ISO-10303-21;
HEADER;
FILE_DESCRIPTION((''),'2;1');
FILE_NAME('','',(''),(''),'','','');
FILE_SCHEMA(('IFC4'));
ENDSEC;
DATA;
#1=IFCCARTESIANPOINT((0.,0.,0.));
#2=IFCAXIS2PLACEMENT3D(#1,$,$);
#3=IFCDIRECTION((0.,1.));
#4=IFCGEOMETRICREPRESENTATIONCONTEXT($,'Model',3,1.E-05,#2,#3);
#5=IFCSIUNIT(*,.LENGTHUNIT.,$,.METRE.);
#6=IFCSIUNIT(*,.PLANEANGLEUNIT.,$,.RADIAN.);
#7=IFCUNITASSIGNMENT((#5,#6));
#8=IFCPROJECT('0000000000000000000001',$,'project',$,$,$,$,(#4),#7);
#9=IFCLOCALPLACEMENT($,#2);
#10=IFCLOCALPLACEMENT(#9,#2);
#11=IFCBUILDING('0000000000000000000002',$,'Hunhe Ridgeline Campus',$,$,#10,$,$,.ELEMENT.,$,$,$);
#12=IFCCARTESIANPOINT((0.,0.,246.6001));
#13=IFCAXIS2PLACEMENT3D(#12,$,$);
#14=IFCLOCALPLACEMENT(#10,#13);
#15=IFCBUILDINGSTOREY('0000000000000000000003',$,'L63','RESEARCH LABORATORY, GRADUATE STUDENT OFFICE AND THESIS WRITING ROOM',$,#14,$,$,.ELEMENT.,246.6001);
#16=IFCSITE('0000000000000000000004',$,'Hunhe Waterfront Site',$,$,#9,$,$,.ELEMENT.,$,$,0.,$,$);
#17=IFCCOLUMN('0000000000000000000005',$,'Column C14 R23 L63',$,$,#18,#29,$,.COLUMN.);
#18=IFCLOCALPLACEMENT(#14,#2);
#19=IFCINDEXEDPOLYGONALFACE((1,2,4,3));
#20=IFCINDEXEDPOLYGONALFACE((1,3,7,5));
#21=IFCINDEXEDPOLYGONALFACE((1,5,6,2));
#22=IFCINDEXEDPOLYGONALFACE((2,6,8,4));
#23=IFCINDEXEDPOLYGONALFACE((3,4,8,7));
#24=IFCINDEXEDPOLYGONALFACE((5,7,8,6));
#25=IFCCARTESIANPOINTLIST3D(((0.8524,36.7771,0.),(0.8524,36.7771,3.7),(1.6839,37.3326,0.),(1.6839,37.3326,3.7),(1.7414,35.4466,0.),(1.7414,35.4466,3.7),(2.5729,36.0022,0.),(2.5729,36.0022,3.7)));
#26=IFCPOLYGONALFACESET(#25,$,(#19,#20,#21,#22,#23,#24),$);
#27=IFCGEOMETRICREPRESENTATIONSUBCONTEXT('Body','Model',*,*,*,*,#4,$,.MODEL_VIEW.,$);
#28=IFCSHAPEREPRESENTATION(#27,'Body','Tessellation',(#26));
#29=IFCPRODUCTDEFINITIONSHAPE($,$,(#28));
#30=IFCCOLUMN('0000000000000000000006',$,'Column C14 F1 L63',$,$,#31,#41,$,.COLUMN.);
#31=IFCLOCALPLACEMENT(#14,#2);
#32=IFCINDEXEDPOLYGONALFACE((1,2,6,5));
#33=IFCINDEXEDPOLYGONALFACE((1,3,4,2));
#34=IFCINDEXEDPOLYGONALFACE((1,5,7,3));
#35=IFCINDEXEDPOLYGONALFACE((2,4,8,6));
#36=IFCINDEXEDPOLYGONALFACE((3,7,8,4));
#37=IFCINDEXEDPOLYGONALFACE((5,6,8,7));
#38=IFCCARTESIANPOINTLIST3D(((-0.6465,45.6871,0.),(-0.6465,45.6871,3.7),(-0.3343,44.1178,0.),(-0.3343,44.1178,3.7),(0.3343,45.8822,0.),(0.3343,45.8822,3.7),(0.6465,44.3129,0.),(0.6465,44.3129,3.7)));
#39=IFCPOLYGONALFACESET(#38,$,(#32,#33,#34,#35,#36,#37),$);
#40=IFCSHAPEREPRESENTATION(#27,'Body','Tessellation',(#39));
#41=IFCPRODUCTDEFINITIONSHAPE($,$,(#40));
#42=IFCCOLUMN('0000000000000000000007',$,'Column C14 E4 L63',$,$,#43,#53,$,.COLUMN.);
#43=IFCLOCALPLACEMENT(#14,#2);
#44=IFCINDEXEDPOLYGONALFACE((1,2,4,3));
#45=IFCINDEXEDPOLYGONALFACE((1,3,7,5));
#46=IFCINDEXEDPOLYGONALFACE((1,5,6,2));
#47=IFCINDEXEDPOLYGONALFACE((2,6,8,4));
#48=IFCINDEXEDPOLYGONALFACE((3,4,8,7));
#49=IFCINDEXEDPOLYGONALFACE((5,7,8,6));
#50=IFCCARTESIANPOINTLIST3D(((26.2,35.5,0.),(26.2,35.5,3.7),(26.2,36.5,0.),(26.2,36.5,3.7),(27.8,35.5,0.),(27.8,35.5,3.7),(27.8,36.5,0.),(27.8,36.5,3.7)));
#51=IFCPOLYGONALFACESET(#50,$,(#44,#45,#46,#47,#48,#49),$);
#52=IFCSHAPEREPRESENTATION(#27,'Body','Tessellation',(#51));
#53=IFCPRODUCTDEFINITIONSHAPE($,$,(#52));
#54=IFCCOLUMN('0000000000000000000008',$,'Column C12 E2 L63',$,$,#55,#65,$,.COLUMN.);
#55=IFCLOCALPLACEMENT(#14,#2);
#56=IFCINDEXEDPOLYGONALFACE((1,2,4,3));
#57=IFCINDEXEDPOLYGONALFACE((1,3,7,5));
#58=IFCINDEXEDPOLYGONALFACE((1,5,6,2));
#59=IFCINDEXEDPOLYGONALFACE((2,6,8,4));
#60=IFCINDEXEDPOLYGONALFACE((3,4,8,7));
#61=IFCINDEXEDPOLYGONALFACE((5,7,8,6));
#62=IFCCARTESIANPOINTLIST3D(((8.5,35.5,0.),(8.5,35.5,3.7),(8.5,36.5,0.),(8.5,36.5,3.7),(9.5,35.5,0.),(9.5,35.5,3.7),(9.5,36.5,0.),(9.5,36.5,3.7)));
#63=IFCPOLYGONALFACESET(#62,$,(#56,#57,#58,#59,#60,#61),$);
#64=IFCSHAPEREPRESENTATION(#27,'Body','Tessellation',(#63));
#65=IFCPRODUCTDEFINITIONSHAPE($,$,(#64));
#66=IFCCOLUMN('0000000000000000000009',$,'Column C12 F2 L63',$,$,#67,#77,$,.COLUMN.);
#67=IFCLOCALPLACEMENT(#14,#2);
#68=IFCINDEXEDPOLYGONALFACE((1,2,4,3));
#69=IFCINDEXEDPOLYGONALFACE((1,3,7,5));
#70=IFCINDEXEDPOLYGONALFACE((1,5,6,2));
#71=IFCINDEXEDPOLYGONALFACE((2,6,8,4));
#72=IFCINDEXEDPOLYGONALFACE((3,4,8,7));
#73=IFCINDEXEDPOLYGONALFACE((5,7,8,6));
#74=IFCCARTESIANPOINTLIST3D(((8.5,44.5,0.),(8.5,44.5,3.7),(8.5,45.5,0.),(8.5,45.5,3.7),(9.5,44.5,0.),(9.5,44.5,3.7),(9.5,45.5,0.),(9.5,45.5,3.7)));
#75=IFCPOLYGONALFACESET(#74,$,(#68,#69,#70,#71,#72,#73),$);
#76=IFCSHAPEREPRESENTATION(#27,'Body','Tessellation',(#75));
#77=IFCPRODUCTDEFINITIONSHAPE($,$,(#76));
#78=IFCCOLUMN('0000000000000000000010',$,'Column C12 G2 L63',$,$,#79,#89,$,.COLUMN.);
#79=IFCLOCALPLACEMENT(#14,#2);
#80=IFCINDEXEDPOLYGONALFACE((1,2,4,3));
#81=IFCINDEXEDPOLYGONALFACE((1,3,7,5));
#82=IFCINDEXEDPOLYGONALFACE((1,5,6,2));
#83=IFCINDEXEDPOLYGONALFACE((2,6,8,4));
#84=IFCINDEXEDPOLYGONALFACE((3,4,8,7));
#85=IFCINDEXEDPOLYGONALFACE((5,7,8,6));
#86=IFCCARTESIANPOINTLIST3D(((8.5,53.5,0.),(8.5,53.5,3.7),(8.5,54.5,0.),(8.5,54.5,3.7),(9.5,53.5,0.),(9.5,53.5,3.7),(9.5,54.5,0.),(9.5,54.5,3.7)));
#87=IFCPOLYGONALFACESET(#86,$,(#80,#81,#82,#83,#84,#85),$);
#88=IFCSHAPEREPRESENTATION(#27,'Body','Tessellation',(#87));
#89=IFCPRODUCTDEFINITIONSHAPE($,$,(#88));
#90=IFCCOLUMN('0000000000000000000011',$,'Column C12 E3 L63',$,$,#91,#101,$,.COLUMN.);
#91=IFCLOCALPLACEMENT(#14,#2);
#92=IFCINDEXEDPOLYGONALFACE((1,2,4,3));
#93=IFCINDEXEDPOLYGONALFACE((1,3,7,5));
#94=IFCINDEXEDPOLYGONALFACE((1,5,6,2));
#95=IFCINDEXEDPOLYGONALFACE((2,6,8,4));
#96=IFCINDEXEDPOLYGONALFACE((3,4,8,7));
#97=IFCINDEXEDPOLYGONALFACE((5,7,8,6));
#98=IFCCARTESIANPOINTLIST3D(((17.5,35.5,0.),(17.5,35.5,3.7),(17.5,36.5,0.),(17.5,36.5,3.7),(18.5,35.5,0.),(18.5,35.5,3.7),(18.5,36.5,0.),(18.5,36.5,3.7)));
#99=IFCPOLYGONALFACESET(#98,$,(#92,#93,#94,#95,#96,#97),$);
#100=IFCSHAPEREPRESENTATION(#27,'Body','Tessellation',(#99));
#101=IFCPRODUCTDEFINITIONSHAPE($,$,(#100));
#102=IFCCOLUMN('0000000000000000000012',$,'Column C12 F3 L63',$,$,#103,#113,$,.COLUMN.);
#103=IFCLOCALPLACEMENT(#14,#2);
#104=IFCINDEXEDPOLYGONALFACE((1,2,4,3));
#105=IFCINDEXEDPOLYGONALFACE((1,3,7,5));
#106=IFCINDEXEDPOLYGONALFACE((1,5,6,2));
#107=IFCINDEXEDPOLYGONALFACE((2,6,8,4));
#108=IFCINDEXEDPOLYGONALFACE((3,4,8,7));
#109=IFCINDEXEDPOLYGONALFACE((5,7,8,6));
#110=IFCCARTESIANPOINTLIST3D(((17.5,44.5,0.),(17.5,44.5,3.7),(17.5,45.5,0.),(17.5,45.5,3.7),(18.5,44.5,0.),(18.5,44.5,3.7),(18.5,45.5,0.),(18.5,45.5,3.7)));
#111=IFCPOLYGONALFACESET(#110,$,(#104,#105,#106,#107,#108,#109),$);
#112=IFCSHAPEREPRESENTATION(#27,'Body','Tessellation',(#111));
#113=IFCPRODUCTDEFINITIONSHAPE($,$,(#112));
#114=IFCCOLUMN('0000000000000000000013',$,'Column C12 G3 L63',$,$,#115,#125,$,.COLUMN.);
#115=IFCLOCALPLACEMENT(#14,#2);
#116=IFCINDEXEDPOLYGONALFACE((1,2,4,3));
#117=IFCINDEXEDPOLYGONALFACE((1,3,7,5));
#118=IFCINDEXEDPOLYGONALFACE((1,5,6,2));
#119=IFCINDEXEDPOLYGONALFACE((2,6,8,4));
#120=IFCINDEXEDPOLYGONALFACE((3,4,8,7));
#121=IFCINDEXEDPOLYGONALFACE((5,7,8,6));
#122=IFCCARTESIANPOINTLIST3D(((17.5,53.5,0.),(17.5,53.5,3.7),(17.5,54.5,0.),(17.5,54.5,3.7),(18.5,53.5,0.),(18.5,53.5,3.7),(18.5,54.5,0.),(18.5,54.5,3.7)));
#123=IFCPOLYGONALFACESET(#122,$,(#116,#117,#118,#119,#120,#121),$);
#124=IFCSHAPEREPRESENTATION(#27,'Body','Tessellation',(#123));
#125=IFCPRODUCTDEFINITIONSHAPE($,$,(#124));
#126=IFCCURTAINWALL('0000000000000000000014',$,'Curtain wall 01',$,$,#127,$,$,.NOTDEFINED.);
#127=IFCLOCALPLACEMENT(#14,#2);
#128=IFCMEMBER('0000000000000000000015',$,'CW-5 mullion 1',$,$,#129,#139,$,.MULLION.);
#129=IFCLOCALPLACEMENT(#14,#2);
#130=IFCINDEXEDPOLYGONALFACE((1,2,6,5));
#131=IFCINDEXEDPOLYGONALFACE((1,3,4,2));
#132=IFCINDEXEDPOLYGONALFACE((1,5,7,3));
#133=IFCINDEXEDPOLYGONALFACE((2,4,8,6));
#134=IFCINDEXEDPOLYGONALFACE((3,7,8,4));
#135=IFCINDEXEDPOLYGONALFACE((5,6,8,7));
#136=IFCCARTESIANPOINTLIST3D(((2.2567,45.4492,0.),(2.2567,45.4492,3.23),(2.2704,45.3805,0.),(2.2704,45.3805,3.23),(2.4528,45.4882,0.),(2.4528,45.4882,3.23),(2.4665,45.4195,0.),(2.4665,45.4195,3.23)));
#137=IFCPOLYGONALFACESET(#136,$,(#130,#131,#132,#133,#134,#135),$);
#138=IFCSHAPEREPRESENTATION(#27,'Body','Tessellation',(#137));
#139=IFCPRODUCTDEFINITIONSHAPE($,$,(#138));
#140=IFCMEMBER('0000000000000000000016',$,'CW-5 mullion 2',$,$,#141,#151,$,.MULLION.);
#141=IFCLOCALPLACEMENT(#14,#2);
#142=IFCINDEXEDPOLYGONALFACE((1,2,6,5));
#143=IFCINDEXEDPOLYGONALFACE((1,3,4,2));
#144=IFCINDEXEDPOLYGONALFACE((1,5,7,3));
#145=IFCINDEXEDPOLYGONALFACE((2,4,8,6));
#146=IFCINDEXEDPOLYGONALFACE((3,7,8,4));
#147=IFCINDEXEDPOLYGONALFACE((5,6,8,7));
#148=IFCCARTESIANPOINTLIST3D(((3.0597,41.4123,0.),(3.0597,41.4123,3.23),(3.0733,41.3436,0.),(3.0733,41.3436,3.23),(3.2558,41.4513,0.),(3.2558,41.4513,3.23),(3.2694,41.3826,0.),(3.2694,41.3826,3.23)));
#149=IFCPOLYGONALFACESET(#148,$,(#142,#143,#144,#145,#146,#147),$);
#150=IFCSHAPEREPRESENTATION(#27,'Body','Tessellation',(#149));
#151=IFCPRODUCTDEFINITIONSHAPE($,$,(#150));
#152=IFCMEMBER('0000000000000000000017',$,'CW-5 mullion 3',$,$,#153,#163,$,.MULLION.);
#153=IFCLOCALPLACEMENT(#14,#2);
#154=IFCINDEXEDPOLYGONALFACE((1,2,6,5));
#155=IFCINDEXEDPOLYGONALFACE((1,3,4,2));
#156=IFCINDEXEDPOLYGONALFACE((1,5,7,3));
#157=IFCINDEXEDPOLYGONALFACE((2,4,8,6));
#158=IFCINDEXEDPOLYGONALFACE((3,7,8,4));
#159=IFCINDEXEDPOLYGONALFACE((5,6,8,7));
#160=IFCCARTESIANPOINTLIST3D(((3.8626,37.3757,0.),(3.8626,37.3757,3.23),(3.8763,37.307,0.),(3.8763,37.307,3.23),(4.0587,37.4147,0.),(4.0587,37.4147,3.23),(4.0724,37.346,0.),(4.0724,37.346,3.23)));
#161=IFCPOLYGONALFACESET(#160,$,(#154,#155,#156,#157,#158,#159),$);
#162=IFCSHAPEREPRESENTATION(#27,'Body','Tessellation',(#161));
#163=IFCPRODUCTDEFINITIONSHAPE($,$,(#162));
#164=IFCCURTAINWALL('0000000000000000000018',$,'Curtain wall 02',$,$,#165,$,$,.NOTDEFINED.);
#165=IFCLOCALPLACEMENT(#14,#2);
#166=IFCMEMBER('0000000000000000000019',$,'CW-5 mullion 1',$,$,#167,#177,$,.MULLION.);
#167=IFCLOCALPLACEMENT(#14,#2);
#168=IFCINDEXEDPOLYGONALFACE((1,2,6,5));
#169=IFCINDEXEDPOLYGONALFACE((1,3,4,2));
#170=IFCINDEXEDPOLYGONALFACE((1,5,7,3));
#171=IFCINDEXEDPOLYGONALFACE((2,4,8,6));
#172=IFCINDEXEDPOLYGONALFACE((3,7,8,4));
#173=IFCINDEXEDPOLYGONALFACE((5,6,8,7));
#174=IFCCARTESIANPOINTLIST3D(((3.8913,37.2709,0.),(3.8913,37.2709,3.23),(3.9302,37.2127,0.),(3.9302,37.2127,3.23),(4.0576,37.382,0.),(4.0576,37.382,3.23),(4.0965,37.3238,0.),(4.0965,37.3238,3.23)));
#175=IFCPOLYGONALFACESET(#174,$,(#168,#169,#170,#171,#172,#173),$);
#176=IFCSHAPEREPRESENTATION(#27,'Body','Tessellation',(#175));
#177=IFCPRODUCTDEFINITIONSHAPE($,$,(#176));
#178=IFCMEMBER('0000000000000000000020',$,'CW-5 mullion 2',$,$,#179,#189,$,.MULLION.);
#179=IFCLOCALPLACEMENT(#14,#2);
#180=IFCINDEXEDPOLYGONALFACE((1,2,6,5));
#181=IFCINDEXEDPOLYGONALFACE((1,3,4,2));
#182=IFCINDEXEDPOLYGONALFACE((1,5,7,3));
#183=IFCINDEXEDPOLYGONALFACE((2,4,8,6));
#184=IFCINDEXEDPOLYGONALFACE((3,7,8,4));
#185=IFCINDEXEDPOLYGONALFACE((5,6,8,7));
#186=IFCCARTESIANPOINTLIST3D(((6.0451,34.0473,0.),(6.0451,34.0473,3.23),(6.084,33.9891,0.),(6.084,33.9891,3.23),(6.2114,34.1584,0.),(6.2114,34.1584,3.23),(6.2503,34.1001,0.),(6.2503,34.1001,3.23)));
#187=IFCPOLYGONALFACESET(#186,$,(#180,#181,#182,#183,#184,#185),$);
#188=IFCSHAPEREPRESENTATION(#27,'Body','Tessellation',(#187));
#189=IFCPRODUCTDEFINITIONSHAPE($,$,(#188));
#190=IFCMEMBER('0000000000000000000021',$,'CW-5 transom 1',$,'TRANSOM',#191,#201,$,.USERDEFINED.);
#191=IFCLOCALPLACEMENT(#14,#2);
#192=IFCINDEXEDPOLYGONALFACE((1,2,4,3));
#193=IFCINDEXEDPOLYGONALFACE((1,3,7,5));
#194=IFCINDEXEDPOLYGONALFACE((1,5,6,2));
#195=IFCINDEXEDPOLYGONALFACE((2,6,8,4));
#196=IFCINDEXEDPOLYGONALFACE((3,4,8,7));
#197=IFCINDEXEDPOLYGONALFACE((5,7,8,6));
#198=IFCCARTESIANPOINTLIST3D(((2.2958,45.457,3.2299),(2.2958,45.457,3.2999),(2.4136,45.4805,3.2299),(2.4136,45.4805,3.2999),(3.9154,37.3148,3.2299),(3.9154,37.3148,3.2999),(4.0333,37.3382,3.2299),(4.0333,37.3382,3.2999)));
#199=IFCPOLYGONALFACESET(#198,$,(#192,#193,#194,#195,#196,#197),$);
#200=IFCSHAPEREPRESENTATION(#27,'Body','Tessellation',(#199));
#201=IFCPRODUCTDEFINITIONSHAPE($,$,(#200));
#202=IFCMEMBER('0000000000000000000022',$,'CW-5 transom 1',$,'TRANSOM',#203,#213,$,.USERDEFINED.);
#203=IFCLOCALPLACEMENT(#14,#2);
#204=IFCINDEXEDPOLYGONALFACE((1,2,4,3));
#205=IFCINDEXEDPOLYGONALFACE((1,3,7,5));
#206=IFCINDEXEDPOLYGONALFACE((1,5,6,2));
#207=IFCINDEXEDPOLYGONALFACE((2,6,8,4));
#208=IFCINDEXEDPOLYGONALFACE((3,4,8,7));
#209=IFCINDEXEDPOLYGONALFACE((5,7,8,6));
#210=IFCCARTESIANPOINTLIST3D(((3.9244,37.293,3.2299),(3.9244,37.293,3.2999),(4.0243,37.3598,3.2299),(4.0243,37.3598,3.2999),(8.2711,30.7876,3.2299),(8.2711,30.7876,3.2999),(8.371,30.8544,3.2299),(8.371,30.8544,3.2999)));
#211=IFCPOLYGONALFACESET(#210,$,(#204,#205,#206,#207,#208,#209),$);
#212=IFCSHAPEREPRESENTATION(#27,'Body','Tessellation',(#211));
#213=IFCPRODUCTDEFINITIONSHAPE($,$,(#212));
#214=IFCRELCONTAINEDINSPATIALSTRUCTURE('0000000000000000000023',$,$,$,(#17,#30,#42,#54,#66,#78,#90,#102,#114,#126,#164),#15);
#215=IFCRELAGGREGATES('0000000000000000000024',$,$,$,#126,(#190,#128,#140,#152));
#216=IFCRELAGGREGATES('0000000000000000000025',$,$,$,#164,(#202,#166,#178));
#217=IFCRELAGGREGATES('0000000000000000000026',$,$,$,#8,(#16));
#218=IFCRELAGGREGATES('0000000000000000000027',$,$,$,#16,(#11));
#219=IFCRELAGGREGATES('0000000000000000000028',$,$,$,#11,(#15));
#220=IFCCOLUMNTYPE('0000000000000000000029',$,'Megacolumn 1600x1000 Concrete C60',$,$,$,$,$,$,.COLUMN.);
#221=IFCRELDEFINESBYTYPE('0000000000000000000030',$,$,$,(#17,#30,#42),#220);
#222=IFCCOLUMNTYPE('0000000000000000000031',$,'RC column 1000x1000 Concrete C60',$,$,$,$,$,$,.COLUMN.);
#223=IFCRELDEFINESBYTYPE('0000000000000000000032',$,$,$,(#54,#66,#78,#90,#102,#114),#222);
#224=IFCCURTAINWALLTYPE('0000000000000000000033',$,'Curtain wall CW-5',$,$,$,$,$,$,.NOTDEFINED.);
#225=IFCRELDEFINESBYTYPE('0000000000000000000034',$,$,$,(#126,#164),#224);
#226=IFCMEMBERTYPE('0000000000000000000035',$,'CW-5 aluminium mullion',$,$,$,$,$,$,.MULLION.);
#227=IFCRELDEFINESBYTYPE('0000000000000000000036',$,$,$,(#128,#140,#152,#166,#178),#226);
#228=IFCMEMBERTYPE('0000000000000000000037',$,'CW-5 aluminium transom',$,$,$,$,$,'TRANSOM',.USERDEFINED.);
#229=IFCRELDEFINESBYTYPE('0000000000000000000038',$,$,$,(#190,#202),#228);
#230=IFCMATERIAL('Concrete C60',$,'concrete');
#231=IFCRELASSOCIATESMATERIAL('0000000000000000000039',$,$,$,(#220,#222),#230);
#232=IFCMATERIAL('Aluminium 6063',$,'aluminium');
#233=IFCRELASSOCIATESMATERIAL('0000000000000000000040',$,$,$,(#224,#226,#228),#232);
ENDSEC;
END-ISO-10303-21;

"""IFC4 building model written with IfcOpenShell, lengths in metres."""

from ifc_helpers import new_model, si_unit, direction, frame, origin, origin_2d, place, context, subcontext, project, spatial, rectangle, extrude, material, material_profile, profile_set, type_object, element, aggregate, save


model = new_model("IFC4")

# Units and contexts
model_context = context("Model", 3, precision=1e-05, world=origin(), true_north=direction((0.0, 1.0)))
body_context = subcontext(model_context, "Body", "Model", "MODEL_VIEW")
ifc_project = project(units=[si_unit("LENGTHUNIT", "METRE"), si_unit("PLANEANGLEUNIT", "RADIAN")], contexts=[model_context])

# Site, building, storey
site_placement = place(None, origin())
site = spatial("IfcSite", under=ifc_project, at=site_placement, Name="Hunhe Waterfront Site", CompositionType="ELEMENT", RefElevation=0.0)
building_placement = place(site_placement, origin())
building = spatial("IfcBuilding", under=site, at=building_placement, Name="Hunhe Ridgeline Campus", CompositionType="ELEMENT")
storey_placement = place(building_placement, frame((0.0, 0.0, 246.6001)))
storey = spatial("IfcBuildingStorey", under=building, at=storey_placement, Name="L63", Description="RESEARCH LABORATORY, GRADUATE STUDENT OFFICE AND THESIS WRITING ROOM", CompositionType="ELEMENT", Elevation=246.6001)

# Columns
ifc_material_1 = material(Name="Concrete C60", Category="concrete")
ifc_material_profile_1 = material_profile(ifc_material_1, rectangle(XDim=1.6001, YDim=1.0, at=origin_2d()))
ifc_profile_set_1 = profile_set([ifc_material_profile_1], Name="Concrete C60")
column_type_1 = type_object("IfcColumnType", Name="Megacolumn 1600x1000 Concrete C60", PredefinedType="COLUMN", material=ifc_profile_set_1)
for number, where, z_axis, x_axis, name in (
    (1, (1.7126, 36.3896, 0.0), (0.0, 0.0, 1.0), (-0.55557, 0.83147, 0.0), "Column C14 R23 L63"),
    (2, (0.0, 45.0, 0.0), (0.0, 0.0, 1.0), (-0.19509, 0.980785, 0.0), "Column C14 F1 L63"),
    (3, (27.0, 36.0, 0.0), (0.0, 0.0, 1.0), (1.0, 0.0, 0.0), "Column C14 E4 L63"),
):
    element("IfcColumn", number, at=place(storey_placement, frame(where, z_axis=z_axis, x_axis=x_axis)), inside=storey, type_object=column_type_1, Name=name, PredefinedType="COLUMN", context=body_context, shape_type="SweptSolid", body=[
        extrude(rectangle(XDim=1.6001, YDim=1.0, at=origin_2d()), origin(), (0.0, 0.0, 1.0), 3.7),
    ])
ifc_material_profile_2 = material_profile(ifc_material_1, rectangle(XDim=1.0, YDim=1.0, at=origin_2d()))
ifc_profile_set_2 = profile_set([ifc_material_profile_2], Name="Concrete C60")
column_type_2 = type_object("IfcColumnType", Name="RC column 1000x1000 Concrete C60", PredefinedType="COLUMN", material=ifc_profile_set_2)
for number, where, z_axis, x_axis, name in (
    (4, (9.0, 36.0, 0.0), (0.0, 0.0, 1.0), (1.0, 0.0, 0.0), "Column C12 E2 L63"),
    (5, (9.0, 45.0, 0.0), (0.0, 0.0, 1.0), (1.0, 0.0, 0.0), "Column C12 F2 L63"),
    (6, (9.0, 54.0, 0.0), (0.0, 0.0, 1.0), (1.0, 0.0, 0.0), "Column C12 G2 L63"),
    (7, (18.0, 36.0, 0.0), (0.0, 0.0, 1.0), (1.0, 0.0, 0.0), "Column C12 E3 L63"),
    (8, (18.0, 45.0, 0.0), (0.0, 0.0, 1.0), (1.0, 0.0, 0.0), "Column C12 F3 L63"),
    (9, (18.0, 54.0, 0.0), (0.0, 0.0, 1.0), (1.0, 0.0, 0.0), "Column C12 G3 L63"),
):
    element("IfcColumn", number, at=place(storey_placement, frame(where, z_axis=z_axis, x_axis=x_axis)), inside=storey, type_object=column_type_2, Name=name, PredefinedType="COLUMN", context=body_context, shape_type="SweptSolid", body=[
        extrude(rectangle(XDim=1.0, YDim=1.0, at=origin_2d()), origin(), (0.0, 0.0, 1.0), 3.7),
    ])

# Curtain walls, members
ifc_material_2 = material(Name="Aluminium 6063", Category="aluminium")
curtain_wall_type = type_object("IfcCurtainWallType", Name="Curtain wall CW-5", PredefinedType="NOTDEFINED", material=ifc_material_2)
curtain_wall_1_placement = place(storey_placement, origin())
curtain_wall_1 = element("IfcCurtainWall", 10, at=curtain_wall_1_placement, inside=storey, type_object=curtain_wall_type, Name="Curtain wall 01", PredefinedType="NOTDEFINED")
ifc_material_profile_3 = material_profile(ifc_material_2, rectangle(XDim=0.2, YDim=0.0701, at=origin_2d()))
ifc_profile_set_3 = profile_set([ifc_material_profile_3], Name="Aluminium 6063")
member_type_1 = type_object("IfcMemberType", Name="CW-5 aluminium mullion", PredefinedType="MULLION", material=ifc_profile_set_3)
member_1_placement = place(storey_placement, frame((2.3616, 45.4343, 0.0), z_axis=(0.0, 0.0, 1.0), x_axis=(0.980784, 0.195095, 0.0)))
member_1 = element("IfcMember", 11, at=member_1_placement, type_object=member_type_1, Name="CW-5 mullion 1", PredefinedType="MULLION", context=body_context, shape_type="SweptSolid", body=[
    extrude(rectangle(XDim=0.2, YDim=0.0701, at=origin_2d()), origin(), (0.0, 0.0, 1.0), 3.23),
])
member_2_placement = place(storey_placement, frame((3.1646, 41.3975, 0.0), z_axis=(0.0, 0.0, 1.0), x_axis=(0.980784, 0.195095, 0.0)))
member_2 = element("IfcMember", 12, at=member_2_placement, type_object=member_type_1, Name="CW-5 mullion 2", PredefinedType="MULLION", context=body_context, shape_type="SweptSolid", body=[
    extrude(rectangle(XDim=0.2, YDim=0.0701, at=origin_2d()), origin(), (0.0, 0.0, 1.0), 3.23),
])
member_3_placement = place(storey_placement, frame((3.9675, 37.3608, 0.0), z_axis=(0.0, 0.0, 1.0), x_axis=(0.980784, 0.195095, 0.0)))
member_3 = element("IfcMember", 13, at=member_3_placement, type_object=member_type_1, Name="CW-5 mullion 3", PredefinedType="MULLION", context=body_context, shape_type="SweptSolid", body=[
    extrude(rectangle(XDim=0.2, YDim=0.0701, at=origin_2d()), origin(), (0.0, 0.0, 1.0), 3.23),
])
curtain_wall_2_placement = place(storey_placement, origin())
curtain_wall_2 = element("IfcCurtainWall", 14, at=curtain_wall_2_placement, inside=storey, type_object=curtain_wall_type, Name="Curtain wall 02", PredefinedType="NOTDEFINED")
member_4_placement = place(storey_placement, frame((3.9939, 37.2974, 0.0), z_axis=(0.0, 0.0, 1.0), x_axis=(0.83147, 0.55557, 0.0)))
member_4 = element("IfcMember", 15, at=member_4_placement, type_object=member_type_1, Name="CW-5 mullion 1", PredefinedType="MULLION", context=body_context, shape_type="SweptSolid", body=[
    extrude(rectangle(XDim=0.2, YDim=0.0701, at=origin_2d()), origin(), (0.0, 0.0, 1.0), 3.23),
])
member_5_placement = place(storey_placement, frame((6.1477, 34.0737, 0.0), z_axis=(0.0, 0.0, 1.0), x_axis=(0.83147, 0.55557, 0.0)))
member_5 = element("IfcMember", 16, at=member_5_placement, type_object=member_type_1, Name="CW-5 mullion 2", PredefinedType="MULLION", context=body_context, shape_type="SweptSolid", body=[
    extrude(rectangle(XDim=0.2, YDim=0.0701, at=origin_2d()), origin(), (0.0, 0.0, 1.0), 3.23),
])

# Members
ifc_material_profile_4 = material_profile(ifc_material_2, rectangle(XDim=0.1201, YDim=0.0701, at=origin_2d()))
ifc_profile_set_4 = profile_set([ifc_material_profile_4], Name="Aluminium 6063")
member_type_2 = type_object("IfcMemberType", Name="CW-5 aluminium transom", ElementType="TRANSOM", PredefinedType="USERDEFINED", material=ifc_profile_set_4)
member_6_placement = place(storey_placement, frame((2.3547, 45.4688, 3.2649), z_axis=(0.195092, -0.980785, 0.0), x_axis=(0.980785, 0.195092, 0.0)))
member_6 = element("IfcMember", 17, at=member_6_placement, type_object=member_type_2, Name="CW-5 transom 1", ObjectType="TRANSOM", PredefinedType="USERDEFINED", context=body_context, shape_type="SweptSolid", body=[
    extrude(rectangle(XDim=0.1201, YDim=0.0701, at=origin_2d()), origin(), (0.0, 0.0, 1.0), 8.3018),
])
member_7_placement = place(storey_placement, frame((3.9744, 37.3264, 3.2649), z_axis=(0.555564, -0.831474, 0.0), x_axis=(0.831474, 0.555564, 0.0)))
member_7 = element("IfcMember", 18, at=member_7_placement, type_object=member_type_2, Name="CW-5 transom 1", ObjectType="TRANSOM", PredefinedType="USERDEFINED", context=body_context, shape_type="SweptSolid", body=[
    extrude(rectangle(XDim=0.1201, YDim=0.0701, at=origin_2d()), origin(), (0.0, 0.0, 1.0), 7.824),
])

aggregate(curtain_wall_1, [member_6, member_1, member_2, member_3])
aggregate(curtain_wall_2, [member_7, member_4, member_5])

save(model, "model.ifc")
